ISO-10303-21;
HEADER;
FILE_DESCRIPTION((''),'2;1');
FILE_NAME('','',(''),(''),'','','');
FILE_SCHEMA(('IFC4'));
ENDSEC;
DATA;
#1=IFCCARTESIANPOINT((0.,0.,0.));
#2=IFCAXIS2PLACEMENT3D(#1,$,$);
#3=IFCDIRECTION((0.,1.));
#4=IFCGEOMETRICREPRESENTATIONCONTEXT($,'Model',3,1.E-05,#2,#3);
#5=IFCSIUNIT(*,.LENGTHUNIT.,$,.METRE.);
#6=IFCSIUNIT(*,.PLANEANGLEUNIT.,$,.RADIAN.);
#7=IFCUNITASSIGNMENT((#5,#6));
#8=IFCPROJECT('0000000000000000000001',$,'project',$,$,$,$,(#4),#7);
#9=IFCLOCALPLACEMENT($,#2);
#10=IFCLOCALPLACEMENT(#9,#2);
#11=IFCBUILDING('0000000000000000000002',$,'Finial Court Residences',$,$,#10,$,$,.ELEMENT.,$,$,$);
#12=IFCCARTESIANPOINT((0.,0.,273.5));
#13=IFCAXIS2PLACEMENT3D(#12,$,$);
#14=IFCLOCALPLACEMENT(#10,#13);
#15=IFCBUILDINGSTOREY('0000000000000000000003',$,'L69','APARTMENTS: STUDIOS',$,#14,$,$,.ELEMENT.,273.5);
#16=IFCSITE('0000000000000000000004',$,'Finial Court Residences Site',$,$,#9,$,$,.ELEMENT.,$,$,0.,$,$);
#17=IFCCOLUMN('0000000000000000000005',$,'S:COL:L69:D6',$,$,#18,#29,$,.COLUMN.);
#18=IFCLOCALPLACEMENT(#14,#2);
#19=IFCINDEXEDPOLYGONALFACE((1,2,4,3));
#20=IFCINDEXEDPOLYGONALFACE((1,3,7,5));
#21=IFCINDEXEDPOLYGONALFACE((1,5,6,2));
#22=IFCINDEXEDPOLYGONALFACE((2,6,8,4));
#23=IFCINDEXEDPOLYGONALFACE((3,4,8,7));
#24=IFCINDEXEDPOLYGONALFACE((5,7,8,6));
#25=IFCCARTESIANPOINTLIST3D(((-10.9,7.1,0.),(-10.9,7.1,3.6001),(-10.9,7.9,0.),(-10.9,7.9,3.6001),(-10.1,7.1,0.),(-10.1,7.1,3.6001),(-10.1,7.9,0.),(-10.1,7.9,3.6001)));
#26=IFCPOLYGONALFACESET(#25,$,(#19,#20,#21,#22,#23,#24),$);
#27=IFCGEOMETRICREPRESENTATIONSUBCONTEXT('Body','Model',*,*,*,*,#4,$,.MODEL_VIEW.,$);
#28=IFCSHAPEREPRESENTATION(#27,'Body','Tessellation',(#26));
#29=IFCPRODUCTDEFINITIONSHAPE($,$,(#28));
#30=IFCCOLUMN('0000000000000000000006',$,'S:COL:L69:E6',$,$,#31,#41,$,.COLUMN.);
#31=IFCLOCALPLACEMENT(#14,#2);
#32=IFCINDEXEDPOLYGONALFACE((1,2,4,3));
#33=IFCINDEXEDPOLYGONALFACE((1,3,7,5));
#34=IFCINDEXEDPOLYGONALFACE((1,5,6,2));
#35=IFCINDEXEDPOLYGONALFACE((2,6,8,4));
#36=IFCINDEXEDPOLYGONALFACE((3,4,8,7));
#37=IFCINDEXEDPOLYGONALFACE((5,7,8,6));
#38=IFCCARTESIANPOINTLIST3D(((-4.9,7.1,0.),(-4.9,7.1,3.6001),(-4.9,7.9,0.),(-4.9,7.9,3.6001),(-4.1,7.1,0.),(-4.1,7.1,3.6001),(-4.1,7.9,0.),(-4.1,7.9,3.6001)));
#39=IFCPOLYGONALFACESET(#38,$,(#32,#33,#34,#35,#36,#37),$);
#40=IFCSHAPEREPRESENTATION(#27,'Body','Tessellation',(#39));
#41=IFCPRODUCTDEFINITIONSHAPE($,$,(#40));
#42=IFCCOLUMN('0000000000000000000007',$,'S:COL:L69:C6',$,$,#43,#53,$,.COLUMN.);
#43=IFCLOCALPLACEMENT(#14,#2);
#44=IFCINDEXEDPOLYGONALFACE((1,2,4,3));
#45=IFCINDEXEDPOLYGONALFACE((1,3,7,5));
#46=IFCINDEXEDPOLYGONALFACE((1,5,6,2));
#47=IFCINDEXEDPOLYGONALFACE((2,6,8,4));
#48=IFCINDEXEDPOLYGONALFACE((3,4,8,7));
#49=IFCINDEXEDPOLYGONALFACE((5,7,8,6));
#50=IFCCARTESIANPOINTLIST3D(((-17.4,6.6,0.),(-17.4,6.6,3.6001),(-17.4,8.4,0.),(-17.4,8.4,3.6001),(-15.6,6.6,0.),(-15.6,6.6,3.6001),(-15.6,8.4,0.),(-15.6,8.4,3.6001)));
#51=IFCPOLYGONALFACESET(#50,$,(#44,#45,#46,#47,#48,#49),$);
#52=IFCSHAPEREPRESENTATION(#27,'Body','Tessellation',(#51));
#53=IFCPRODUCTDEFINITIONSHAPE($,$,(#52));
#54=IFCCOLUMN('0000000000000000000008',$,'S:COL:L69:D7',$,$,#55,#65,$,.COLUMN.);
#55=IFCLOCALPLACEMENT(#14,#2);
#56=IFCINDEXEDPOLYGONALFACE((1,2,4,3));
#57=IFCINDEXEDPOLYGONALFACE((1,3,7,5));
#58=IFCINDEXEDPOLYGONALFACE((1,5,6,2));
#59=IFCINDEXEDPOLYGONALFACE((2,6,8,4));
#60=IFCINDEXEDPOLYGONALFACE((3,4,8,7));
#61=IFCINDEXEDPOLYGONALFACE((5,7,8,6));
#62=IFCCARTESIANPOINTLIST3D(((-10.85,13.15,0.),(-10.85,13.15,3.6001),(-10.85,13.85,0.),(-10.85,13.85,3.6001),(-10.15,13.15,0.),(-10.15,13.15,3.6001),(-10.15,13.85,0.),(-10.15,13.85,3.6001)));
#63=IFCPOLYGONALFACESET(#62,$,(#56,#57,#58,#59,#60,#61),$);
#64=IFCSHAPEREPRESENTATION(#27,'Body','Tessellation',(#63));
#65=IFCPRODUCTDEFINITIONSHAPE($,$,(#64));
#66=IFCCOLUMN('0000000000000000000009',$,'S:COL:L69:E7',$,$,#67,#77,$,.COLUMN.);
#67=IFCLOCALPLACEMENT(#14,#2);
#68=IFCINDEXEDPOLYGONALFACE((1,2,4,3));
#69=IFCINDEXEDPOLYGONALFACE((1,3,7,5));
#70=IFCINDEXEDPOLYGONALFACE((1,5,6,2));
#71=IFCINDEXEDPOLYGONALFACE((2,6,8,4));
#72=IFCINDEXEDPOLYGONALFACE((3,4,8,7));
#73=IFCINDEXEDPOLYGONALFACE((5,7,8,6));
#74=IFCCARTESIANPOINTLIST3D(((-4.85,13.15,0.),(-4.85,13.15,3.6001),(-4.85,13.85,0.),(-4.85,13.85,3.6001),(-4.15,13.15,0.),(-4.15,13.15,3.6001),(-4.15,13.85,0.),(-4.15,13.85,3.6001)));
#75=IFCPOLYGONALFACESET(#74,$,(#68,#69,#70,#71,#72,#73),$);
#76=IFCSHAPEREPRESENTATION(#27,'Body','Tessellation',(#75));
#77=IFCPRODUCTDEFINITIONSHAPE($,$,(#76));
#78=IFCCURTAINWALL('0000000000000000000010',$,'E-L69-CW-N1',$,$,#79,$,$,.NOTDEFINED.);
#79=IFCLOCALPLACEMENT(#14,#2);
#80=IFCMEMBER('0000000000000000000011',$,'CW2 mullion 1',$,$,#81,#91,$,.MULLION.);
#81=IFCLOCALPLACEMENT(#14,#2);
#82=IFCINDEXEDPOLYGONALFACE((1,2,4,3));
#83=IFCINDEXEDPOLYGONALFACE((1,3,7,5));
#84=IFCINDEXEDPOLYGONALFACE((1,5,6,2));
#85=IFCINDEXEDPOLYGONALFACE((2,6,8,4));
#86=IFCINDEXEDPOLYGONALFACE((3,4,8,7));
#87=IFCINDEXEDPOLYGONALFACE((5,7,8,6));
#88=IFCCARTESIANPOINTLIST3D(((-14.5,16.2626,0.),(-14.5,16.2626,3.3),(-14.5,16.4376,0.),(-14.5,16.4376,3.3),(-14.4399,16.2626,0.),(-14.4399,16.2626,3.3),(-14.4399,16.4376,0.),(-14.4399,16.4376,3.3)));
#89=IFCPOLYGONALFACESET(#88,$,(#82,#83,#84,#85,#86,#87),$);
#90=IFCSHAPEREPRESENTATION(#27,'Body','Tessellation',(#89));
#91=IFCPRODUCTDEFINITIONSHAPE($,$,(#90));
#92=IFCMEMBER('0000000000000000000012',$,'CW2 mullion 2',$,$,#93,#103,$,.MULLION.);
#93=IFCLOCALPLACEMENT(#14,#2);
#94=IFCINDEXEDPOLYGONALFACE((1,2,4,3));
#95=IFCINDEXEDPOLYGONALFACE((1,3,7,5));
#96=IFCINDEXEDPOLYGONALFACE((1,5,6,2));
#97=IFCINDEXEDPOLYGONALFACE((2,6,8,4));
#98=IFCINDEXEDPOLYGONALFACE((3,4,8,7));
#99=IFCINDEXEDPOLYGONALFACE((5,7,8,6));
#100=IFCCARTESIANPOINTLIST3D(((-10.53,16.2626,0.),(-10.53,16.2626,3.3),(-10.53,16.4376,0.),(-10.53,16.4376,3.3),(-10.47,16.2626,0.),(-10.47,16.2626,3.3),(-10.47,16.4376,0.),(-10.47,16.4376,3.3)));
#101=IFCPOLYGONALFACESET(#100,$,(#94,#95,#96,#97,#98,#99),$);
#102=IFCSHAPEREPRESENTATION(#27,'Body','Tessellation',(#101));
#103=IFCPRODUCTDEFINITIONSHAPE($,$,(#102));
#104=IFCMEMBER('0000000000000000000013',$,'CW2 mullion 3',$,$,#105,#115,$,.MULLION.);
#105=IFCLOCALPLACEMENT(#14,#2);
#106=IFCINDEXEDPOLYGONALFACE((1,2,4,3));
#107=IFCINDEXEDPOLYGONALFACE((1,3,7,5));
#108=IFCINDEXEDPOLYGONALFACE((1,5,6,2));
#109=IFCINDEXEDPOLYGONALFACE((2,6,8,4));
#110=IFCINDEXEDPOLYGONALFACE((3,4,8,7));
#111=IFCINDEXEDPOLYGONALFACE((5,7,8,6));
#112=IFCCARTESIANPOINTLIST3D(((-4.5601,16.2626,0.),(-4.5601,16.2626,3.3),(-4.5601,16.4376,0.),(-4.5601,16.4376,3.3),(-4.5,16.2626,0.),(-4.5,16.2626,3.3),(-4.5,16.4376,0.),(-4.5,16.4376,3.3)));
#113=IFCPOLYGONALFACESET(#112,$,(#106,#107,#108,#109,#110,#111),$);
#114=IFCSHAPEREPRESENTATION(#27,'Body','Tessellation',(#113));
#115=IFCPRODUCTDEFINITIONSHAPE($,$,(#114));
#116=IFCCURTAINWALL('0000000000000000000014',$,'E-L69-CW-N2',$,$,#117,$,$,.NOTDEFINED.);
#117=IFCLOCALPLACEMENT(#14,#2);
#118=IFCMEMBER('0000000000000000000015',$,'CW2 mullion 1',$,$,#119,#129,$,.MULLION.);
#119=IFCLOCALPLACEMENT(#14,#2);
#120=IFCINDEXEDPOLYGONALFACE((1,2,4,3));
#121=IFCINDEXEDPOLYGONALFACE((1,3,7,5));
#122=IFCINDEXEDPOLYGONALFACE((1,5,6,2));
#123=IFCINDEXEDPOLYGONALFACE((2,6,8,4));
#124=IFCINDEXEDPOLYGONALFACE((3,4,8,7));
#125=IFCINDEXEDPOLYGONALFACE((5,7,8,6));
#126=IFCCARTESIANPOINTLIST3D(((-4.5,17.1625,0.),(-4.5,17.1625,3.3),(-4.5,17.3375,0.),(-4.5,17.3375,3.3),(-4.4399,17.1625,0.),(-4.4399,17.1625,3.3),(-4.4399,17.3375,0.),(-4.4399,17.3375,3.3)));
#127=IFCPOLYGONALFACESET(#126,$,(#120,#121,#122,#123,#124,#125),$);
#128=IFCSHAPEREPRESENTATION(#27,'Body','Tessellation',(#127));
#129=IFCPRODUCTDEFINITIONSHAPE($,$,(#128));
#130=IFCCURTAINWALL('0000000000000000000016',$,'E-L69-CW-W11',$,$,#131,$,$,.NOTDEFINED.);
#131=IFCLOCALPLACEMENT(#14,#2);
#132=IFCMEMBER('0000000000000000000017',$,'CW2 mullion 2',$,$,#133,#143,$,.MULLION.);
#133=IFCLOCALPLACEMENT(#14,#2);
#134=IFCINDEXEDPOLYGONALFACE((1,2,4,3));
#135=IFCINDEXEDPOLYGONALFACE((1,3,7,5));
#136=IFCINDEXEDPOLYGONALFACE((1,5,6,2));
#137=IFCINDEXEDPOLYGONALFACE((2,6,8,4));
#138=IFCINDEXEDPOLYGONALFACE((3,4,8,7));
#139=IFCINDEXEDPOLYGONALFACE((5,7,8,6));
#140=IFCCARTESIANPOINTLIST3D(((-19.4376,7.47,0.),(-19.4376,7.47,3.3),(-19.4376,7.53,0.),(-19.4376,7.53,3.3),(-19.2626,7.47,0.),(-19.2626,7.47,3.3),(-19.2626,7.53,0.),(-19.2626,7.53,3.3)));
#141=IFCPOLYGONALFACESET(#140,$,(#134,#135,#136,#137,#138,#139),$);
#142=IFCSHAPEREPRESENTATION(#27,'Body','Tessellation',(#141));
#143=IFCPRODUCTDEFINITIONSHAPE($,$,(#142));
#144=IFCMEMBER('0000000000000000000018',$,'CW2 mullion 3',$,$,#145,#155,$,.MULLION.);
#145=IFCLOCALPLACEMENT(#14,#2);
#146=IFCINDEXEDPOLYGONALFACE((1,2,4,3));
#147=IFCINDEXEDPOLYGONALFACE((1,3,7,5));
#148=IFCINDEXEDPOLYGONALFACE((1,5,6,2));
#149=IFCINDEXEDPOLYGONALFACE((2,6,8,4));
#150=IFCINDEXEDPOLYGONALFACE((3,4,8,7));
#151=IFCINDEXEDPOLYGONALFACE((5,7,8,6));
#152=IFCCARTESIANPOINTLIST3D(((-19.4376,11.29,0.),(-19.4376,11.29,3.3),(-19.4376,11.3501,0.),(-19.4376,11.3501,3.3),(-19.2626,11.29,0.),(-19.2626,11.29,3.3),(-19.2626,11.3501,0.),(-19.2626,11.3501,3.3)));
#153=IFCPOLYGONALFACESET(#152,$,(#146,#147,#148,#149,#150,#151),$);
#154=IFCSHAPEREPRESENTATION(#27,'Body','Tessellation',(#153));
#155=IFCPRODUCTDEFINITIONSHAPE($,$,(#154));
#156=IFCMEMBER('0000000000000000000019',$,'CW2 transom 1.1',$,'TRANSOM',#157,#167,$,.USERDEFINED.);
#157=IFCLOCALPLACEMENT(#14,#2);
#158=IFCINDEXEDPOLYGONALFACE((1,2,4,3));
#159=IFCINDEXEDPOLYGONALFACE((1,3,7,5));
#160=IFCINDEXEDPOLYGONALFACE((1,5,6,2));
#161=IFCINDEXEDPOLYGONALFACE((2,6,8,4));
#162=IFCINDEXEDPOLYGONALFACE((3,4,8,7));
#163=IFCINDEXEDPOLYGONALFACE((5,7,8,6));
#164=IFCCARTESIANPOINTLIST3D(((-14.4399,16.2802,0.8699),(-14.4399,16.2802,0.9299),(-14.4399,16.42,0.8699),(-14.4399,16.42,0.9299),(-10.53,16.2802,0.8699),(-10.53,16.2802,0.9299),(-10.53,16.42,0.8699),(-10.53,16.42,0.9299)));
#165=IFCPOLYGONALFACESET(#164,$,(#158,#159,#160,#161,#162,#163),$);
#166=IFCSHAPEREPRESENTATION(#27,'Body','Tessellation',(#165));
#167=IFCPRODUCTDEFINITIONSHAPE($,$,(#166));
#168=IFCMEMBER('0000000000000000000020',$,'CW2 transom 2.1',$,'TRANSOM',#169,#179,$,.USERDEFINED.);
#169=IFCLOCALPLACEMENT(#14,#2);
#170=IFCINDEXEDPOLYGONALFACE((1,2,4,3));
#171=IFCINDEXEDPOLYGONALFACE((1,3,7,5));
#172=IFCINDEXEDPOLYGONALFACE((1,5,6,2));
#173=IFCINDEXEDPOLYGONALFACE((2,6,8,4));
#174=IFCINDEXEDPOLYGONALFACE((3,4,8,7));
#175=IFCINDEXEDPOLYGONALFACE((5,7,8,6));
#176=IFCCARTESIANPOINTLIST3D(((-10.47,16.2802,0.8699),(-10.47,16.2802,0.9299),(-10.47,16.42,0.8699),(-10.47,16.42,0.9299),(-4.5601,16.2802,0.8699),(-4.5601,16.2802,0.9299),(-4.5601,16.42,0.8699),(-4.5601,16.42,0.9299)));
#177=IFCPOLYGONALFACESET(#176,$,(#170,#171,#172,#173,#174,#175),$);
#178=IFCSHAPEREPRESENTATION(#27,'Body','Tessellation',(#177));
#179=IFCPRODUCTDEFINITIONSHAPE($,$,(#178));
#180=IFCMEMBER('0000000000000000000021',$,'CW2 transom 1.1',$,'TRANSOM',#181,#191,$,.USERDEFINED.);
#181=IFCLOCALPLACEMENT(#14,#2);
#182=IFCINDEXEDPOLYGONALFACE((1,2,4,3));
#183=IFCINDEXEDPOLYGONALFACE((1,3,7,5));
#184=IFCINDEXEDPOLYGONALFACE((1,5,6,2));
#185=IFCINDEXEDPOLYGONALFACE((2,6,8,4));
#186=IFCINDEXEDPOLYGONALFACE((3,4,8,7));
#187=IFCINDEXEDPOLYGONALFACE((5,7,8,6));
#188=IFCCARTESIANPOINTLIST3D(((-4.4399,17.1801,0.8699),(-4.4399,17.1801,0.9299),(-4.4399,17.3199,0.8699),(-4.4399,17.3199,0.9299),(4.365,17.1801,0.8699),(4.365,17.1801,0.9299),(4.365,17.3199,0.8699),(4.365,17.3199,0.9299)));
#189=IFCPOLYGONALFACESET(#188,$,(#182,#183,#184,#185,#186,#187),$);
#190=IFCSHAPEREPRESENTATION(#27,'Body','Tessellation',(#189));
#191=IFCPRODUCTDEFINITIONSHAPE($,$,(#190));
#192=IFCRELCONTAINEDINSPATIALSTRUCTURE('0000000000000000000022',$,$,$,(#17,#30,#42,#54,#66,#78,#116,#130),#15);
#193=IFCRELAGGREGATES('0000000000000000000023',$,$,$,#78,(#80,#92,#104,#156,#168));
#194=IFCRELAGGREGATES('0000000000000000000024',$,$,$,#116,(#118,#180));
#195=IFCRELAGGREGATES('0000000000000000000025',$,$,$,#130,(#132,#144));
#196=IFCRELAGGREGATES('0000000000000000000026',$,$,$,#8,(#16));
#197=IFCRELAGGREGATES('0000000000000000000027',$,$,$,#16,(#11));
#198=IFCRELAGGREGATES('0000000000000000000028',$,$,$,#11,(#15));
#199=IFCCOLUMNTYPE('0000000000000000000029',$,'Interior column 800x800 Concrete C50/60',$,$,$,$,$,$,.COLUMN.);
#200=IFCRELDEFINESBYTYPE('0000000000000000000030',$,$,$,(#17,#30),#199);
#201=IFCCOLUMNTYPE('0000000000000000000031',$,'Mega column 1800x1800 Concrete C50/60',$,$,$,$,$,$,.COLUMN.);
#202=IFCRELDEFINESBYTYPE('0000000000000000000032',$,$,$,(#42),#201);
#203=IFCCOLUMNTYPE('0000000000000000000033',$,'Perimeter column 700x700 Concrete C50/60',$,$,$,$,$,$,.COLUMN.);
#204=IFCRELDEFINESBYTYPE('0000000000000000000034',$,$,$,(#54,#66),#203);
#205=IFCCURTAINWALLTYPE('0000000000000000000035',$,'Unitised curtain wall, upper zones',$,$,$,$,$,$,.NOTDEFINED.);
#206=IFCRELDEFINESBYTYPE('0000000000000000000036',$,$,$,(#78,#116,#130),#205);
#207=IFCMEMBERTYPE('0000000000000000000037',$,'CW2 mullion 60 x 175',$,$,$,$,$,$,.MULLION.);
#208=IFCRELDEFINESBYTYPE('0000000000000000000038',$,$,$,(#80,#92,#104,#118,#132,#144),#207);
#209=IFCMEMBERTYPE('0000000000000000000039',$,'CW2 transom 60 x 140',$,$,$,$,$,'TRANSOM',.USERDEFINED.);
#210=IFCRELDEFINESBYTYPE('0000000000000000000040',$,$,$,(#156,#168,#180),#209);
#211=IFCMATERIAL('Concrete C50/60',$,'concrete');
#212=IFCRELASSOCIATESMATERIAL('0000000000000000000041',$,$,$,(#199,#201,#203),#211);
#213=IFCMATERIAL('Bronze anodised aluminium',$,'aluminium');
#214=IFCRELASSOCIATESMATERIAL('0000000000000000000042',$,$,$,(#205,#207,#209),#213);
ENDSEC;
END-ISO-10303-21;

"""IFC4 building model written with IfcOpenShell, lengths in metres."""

from ifc_helpers import new_model, si_unit, direction, frame, origin, origin_2d, place, context, subcontext, project, spatial, rectangle, extrude, material, material_profile, profile_set, type_object, element, aggregate, save


model = new_model("IFC4")

# Units and contexts
model_context = context("Model", 3, precision=1e-05, world=origin(), true_north=direction((0.0, 1.0)))
body_context = subcontext(model_context, "Body", "Model", "MODEL_VIEW")
ifc_project = project(units=[si_unit("LENGTHUNIT", "METRE"), si_unit("PLANEANGLEUNIT", "RADIAN")], contexts=[model_context])

# Site, building, storey
site_placement = place(None, origin())
site = spatial("IfcSite", under=ifc_project, at=site_placement, Name="Finial Court Residences Site", CompositionType="ELEMENT", RefElevation=0.0)
building_placement = place(site_placement, origin())
building = spatial("IfcBuilding", under=site, at=building_placement, Name="Finial Court Residences", CompositionType="ELEMENT")
storey_placement = place(building_placement, frame((0.0, 0.0, 273.5)))
storey = spatial("IfcBuildingStorey", under=building, at=storey_placement, Name="L69", Description="APARTMENTS: STUDIOS", CompositionType="ELEMENT", Elevation=273.5)

# Columns
ifc_material_1 = material(Name="Concrete C50/60", Category="concrete")
ifc_material_profile_1 = material_profile(ifc_material_1, rectangle(XDim=0.8, YDim=0.8, at=origin_2d()), Name="800x800")
ifc_profile_set_1 = profile_set([ifc_material_profile_1], Name="Concrete C50/60")
column_type_1 = type_object("IfcColumnType", Name="Interior column 800x800 Concrete C50/60", PredefinedType="COLUMN", material=ifc_profile_set_1)
for number, where, z_axis, x_axis, name in (
    (1, (-10.5, 7.5, 0.0), (0.0, 0.0, 1.0), (1.0, 0.0, 0.0), "S:COL:L69:D6"),
    (2, (-4.5, 7.5, 0.0), (0.0, 0.0, 1.0), (1.0, 0.0, 0.0), "S:COL:L69:E6"),
):
    element("IfcColumn", number, at=place(storey_placement, frame(where, z_axis=z_axis, x_axis=x_axis)), inside=storey, type_object=column_type_1, Name=name, PredefinedType="COLUMN", context=body_context, shape_type="SweptSolid", body=[
        extrude(rectangle(XDim=0.8, YDim=0.8, at=origin_2d()), origin(), (0.0, 0.0, 1.0), 3.6001),
    ])
ifc_material_profile_2 = material_profile(ifc_material_1, rectangle(XDim=1.8, YDim=1.8, at=origin_2d()), Name="1800x1800")
ifc_profile_set_2 = profile_set([ifc_material_profile_2], Name="Concrete C50/60")
column_type_2 = type_object("IfcColumnType", Name="Mega column 1800x1800 Concrete C50/60", PredefinedType="COLUMN", material=ifc_profile_set_2)
column_placement = place(storey_placement, frame((-16.5, 7.5, 0.0), z_axis=(0.0, 0.0, 1.0), x_axis=(1.0, 0.0, 0.0)))
element("IfcColumn", 3, at=column_placement, inside=storey, type_object=column_type_2, Name="S:COL:L69:C6", PredefinedType="COLUMN", context=body_context, shape_type="SweptSolid", body=[
    extrude(rectangle(XDim=1.8, YDim=1.8, at=origin_2d()), origin(), (0.0, 0.0, 1.0), 3.6001),
])
ifc_material_profile_3 = material_profile(ifc_material_1, rectangle(XDim=0.7, YDim=0.7, at=origin_2d()), Name="700x700")
ifc_profile_set_3 = profile_set([ifc_material_profile_3], Name="Concrete C50/60")
column_type_3 = type_object("IfcColumnType", Name="Perimeter column 700x700 Concrete C50/60", PredefinedType="COLUMN", material=ifc_profile_set_3)
for number, where, z_axis, x_axis, name in (
    (4, (-10.5, 13.5, 0.0), (0.0, 0.0, 1.0), (1.0, 0.0, 0.0), "S:COL:L69:D7"),
    (5, (-4.5, 13.5, 0.0), (0.0, 0.0, 1.0), (1.0, 0.0, 0.0), "S:COL:L69:E7"),
):
    element("IfcColumn", number, at=place(storey_placement, frame(where, z_axis=z_axis, x_axis=x_axis)), inside=storey, type_object=column_type_3, Name=name, PredefinedType="COLUMN", context=body_context, shape_type="SweptSolid", body=[
        extrude(rectangle(XDim=0.7, YDim=0.7, at=origin_2d()), origin(), (0.0, 0.0, 1.0), 3.6001),
    ])

# Curtain wall, members
ifc_material_2 = material(Name="Bronze anodised aluminium", Category="aluminium")
curtain_wall_type = type_object("IfcCurtainWallType", Name="Unitised curtain wall, upper zones", PredefinedType="NOTDEFINED", material=ifc_material_2)
curtain_wall_1_placement = place(storey_placement, origin())
curtain_wall_1 = element("IfcCurtainWall", 6, at=curtain_wall_1_placement, inside=storey, type_object=curtain_wall_type, Name="E-L69-CW-N1", PredefinedType="NOTDEFINED")
ifc_material_profile_4 = material_profile(ifc_material_2, rectangle(XDim=0.175, YDim=0.0601, at=origin_2d()), Name="CW2 mullion 60 x 175")
ifc_profile_set_4 = profile_set([ifc_material_profile_4], Name="Bronze anodised aluminium")
member_type_1 = type_object("IfcMemberType", Name="CW2 mullion 60 x 175", PredefinedType="MULLION", material=ifc_profile_set_4)
member_1_placement = place(storey_placement, frame((-14.47, 16.3501, 0.0), z_axis=(0.0, 0.0, 1.0), x_axis=(0.0, 1.0, 0.0)))
member_1 = element("IfcMember", 7, at=member_1_placement, type_object=member_type_1, Name="CW2 mullion 1", PredefinedType="MULLION", context=body_context, shape_type="SweptSolid", body=[
    extrude(rectangle(XDim=0.175, YDim=0.0601, at=origin_2d()), origin(), (0.0, 0.0, 1.0), 3.3),
])
member_2_placement = place(storey_placement, frame((-10.5, 16.3501, 0.0), z_axis=(0.0, 0.0, 1.0), x_axis=(0.0, 1.0, 0.0)))
member_2 = element("IfcMember", 8, at=member_2_placement, type_object=member_type_1, Name="CW2 mullion 2", PredefinedType="MULLION", context=body_context, shape_type="SweptSolid", body=[
    extrude(rectangle(XDim=0.175, YDim=0.0601, at=origin_2d()), origin(), (0.0, 0.0, 1.0), 3.3),
])
member_3_placement = place(storey_placement, frame((-4.53, 16.3501, 0.0), z_axis=(0.0, 0.0, 1.0), x_axis=(0.0, 1.0, 0.0)))
member_3 = element("IfcMember", 9, at=member_3_placement, type_object=member_type_1, Name="CW2 mullion 3", PredefinedType="MULLION", context=body_context, shape_type="SweptSolid", body=[
    extrude(rectangle(XDim=0.175, YDim=0.0601, at=origin_2d()), origin(), (0.0, 0.0, 1.0), 3.3),
])

# Curtain wall, member
curtain_wall_2_placement = place(storey_placement, origin())
curtain_wall_2 = element("IfcCurtainWall", 10, at=curtain_wall_2_placement, inside=storey, type_object=curtain_wall_type, Name="E-L69-CW-N2", PredefinedType="NOTDEFINED")
member_4_placement = place(storey_placement, frame((-4.47, 17.25, 0.0), z_axis=(0.0, 0.0, 1.0), x_axis=(0.0, 1.0, 0.0)))
member_4 = element("IfcMember", 11, at=member_4_placement, type_object=member_type_1, Name="CW2 mullion 1", PredefinedType="MULLION", context=body_context, shape_type="SweptSolid", body=[
    extrude(rectangle(XDim=0.175, YDim=0.0601, at=origin_2d()), origin(), (0.0, 0.0, 1.0), 3.3),
])

# Curtain wall, members
curtain_wall_3_placement = place(storey_placement, origin())
curtain_wall_3 = element("IfcCurtainWall", 12, at=curtain_wall_3_placement, inside=storey, type_object=curtain_wall_type, Name="E-L69-CW-W11", PredefinedType="NOTDEFINED")
member_5_placement = place(storey_placement, frame((-19.3501, 7.5, 0.0), z_axis=(0.0, 0.0, 1.0), x_axis=(-1.0, 0.0, 0.0)))
member_5 = element("IfcMember", 13, at=member_5_placement, type_object=member_type_1, Name="CW2 mullion 2", PredefinedType="MULLION", context=body_context, shape_type="SweptSolid", body=[
    extrude(rectangle(XDim=0.175, YDim=0.0601, at=origin_2d()), origin(), (0.0, 0.0, 1.0), 3.3),
])
member_6_placement = place(storey_placement, frame((-19.3501, 11.3201, 0.0), z_axis=(0.0, 0.0, 1.0), x_axis=(-1.0, 0.0, 0.0)))
member_6 = element("IfcMember", 14, at=member_6_placement, type_object=member_type_1, Name="CW2 mullion 3", PredefinedType="MULLION", context=body_context, shape_type="SweptSolid", body=[
    extrude(rectangle(XDim=0.175, YDim=0.0601, at=origin_2d()), origin(), (0.0, 0.0, 1.0), 3.3),
])

# Members
ifc_material_profile_5 = material_profile(ifc_material_2, rectangle(XDim=0.1399, YDim=0.0601, at=origin_2d()), Name="CW2 transom 60 x 140")
ifc_profile_set_5 = profile_set([ifc_material_profile_5], Name="Bronze anodised aluminium")
member_type_2 = type_object("IfcMemberType", Name="CW2 transom 60 x 140", ElementType="TRANSOM", PredefinedType="USERDEFINED", material=ifc_profile_set_5)
member_7_placement = place(storey_placement, frame((-14.4399, 16.3501, 0.8999), z_axis=(1.0, 0.0, 0.0), x_axis=(0.0, 1.0, 0.0)))
member_7 = element("IfcMember", 15, at=member_7_placement, type_object=member_type_2, Name="CW2 transom 1.1", ObjectType="TRANSOM", PredefinedType="USERDEFINED", context=body_context, shape_type="SweptSolid", body=[
    extrude(rectangle(XDim=0.1399, YDim=0.0601, at=origin_2d()), origin(), (0.0, 0.0, 1.0), 3.9099),
])
member_8_placement = place(storey_placement, frame((-10.47, 16.3501, 0.8999), z_axis=(1.0, 0.0, 0.0), x_axis=(0.0, 1.0, 0.0)))
member_8 = element("IfcMember", 16, at=member_8_placement, type_object=member_type_2, Name="CW2 transom 2.1", ObjectType="TRANSOM", PredefinedType="USERDEFINED", context=body_context, shape_type="SweptSolid", body=[
    extrude(rectangle(XDim=0.1399, YDim=0.0601, at=origin_2d()), origin(), (0.0, 0.0, 1.0), 5.9099),
])
member_9_placement = place(storey_placement, frame((-4.4399, 17.25, 0.8999), z_axis=(1.0, 0.0, 0.0), x_axis=(0.0, 1.0, 0.0)))
member_9 = element("IfcMember", 17, at=member_9_placement, type_object=member_type_2, Name="CW2 transom 1.1", ObjectType="TRANSOM", PredefinedType="USERDEFINED", context=body_context, shape_type="SweptSolid", body=[
    extrude(rectangle(XDim=0.1399, YDim=0.0601, at=origin_2d()), origin(), (0.0, 0.0, 1.0), 8.8049),
])

aggregate(curtain_wall_1, [member_1, member_2, member_3, member_7, member_8])
aggregate(curtain_wall_2, [member_4, member_9])
aggregate(curtain_wall_3, [member_5, member_6])

save(model, "model.ifc")
